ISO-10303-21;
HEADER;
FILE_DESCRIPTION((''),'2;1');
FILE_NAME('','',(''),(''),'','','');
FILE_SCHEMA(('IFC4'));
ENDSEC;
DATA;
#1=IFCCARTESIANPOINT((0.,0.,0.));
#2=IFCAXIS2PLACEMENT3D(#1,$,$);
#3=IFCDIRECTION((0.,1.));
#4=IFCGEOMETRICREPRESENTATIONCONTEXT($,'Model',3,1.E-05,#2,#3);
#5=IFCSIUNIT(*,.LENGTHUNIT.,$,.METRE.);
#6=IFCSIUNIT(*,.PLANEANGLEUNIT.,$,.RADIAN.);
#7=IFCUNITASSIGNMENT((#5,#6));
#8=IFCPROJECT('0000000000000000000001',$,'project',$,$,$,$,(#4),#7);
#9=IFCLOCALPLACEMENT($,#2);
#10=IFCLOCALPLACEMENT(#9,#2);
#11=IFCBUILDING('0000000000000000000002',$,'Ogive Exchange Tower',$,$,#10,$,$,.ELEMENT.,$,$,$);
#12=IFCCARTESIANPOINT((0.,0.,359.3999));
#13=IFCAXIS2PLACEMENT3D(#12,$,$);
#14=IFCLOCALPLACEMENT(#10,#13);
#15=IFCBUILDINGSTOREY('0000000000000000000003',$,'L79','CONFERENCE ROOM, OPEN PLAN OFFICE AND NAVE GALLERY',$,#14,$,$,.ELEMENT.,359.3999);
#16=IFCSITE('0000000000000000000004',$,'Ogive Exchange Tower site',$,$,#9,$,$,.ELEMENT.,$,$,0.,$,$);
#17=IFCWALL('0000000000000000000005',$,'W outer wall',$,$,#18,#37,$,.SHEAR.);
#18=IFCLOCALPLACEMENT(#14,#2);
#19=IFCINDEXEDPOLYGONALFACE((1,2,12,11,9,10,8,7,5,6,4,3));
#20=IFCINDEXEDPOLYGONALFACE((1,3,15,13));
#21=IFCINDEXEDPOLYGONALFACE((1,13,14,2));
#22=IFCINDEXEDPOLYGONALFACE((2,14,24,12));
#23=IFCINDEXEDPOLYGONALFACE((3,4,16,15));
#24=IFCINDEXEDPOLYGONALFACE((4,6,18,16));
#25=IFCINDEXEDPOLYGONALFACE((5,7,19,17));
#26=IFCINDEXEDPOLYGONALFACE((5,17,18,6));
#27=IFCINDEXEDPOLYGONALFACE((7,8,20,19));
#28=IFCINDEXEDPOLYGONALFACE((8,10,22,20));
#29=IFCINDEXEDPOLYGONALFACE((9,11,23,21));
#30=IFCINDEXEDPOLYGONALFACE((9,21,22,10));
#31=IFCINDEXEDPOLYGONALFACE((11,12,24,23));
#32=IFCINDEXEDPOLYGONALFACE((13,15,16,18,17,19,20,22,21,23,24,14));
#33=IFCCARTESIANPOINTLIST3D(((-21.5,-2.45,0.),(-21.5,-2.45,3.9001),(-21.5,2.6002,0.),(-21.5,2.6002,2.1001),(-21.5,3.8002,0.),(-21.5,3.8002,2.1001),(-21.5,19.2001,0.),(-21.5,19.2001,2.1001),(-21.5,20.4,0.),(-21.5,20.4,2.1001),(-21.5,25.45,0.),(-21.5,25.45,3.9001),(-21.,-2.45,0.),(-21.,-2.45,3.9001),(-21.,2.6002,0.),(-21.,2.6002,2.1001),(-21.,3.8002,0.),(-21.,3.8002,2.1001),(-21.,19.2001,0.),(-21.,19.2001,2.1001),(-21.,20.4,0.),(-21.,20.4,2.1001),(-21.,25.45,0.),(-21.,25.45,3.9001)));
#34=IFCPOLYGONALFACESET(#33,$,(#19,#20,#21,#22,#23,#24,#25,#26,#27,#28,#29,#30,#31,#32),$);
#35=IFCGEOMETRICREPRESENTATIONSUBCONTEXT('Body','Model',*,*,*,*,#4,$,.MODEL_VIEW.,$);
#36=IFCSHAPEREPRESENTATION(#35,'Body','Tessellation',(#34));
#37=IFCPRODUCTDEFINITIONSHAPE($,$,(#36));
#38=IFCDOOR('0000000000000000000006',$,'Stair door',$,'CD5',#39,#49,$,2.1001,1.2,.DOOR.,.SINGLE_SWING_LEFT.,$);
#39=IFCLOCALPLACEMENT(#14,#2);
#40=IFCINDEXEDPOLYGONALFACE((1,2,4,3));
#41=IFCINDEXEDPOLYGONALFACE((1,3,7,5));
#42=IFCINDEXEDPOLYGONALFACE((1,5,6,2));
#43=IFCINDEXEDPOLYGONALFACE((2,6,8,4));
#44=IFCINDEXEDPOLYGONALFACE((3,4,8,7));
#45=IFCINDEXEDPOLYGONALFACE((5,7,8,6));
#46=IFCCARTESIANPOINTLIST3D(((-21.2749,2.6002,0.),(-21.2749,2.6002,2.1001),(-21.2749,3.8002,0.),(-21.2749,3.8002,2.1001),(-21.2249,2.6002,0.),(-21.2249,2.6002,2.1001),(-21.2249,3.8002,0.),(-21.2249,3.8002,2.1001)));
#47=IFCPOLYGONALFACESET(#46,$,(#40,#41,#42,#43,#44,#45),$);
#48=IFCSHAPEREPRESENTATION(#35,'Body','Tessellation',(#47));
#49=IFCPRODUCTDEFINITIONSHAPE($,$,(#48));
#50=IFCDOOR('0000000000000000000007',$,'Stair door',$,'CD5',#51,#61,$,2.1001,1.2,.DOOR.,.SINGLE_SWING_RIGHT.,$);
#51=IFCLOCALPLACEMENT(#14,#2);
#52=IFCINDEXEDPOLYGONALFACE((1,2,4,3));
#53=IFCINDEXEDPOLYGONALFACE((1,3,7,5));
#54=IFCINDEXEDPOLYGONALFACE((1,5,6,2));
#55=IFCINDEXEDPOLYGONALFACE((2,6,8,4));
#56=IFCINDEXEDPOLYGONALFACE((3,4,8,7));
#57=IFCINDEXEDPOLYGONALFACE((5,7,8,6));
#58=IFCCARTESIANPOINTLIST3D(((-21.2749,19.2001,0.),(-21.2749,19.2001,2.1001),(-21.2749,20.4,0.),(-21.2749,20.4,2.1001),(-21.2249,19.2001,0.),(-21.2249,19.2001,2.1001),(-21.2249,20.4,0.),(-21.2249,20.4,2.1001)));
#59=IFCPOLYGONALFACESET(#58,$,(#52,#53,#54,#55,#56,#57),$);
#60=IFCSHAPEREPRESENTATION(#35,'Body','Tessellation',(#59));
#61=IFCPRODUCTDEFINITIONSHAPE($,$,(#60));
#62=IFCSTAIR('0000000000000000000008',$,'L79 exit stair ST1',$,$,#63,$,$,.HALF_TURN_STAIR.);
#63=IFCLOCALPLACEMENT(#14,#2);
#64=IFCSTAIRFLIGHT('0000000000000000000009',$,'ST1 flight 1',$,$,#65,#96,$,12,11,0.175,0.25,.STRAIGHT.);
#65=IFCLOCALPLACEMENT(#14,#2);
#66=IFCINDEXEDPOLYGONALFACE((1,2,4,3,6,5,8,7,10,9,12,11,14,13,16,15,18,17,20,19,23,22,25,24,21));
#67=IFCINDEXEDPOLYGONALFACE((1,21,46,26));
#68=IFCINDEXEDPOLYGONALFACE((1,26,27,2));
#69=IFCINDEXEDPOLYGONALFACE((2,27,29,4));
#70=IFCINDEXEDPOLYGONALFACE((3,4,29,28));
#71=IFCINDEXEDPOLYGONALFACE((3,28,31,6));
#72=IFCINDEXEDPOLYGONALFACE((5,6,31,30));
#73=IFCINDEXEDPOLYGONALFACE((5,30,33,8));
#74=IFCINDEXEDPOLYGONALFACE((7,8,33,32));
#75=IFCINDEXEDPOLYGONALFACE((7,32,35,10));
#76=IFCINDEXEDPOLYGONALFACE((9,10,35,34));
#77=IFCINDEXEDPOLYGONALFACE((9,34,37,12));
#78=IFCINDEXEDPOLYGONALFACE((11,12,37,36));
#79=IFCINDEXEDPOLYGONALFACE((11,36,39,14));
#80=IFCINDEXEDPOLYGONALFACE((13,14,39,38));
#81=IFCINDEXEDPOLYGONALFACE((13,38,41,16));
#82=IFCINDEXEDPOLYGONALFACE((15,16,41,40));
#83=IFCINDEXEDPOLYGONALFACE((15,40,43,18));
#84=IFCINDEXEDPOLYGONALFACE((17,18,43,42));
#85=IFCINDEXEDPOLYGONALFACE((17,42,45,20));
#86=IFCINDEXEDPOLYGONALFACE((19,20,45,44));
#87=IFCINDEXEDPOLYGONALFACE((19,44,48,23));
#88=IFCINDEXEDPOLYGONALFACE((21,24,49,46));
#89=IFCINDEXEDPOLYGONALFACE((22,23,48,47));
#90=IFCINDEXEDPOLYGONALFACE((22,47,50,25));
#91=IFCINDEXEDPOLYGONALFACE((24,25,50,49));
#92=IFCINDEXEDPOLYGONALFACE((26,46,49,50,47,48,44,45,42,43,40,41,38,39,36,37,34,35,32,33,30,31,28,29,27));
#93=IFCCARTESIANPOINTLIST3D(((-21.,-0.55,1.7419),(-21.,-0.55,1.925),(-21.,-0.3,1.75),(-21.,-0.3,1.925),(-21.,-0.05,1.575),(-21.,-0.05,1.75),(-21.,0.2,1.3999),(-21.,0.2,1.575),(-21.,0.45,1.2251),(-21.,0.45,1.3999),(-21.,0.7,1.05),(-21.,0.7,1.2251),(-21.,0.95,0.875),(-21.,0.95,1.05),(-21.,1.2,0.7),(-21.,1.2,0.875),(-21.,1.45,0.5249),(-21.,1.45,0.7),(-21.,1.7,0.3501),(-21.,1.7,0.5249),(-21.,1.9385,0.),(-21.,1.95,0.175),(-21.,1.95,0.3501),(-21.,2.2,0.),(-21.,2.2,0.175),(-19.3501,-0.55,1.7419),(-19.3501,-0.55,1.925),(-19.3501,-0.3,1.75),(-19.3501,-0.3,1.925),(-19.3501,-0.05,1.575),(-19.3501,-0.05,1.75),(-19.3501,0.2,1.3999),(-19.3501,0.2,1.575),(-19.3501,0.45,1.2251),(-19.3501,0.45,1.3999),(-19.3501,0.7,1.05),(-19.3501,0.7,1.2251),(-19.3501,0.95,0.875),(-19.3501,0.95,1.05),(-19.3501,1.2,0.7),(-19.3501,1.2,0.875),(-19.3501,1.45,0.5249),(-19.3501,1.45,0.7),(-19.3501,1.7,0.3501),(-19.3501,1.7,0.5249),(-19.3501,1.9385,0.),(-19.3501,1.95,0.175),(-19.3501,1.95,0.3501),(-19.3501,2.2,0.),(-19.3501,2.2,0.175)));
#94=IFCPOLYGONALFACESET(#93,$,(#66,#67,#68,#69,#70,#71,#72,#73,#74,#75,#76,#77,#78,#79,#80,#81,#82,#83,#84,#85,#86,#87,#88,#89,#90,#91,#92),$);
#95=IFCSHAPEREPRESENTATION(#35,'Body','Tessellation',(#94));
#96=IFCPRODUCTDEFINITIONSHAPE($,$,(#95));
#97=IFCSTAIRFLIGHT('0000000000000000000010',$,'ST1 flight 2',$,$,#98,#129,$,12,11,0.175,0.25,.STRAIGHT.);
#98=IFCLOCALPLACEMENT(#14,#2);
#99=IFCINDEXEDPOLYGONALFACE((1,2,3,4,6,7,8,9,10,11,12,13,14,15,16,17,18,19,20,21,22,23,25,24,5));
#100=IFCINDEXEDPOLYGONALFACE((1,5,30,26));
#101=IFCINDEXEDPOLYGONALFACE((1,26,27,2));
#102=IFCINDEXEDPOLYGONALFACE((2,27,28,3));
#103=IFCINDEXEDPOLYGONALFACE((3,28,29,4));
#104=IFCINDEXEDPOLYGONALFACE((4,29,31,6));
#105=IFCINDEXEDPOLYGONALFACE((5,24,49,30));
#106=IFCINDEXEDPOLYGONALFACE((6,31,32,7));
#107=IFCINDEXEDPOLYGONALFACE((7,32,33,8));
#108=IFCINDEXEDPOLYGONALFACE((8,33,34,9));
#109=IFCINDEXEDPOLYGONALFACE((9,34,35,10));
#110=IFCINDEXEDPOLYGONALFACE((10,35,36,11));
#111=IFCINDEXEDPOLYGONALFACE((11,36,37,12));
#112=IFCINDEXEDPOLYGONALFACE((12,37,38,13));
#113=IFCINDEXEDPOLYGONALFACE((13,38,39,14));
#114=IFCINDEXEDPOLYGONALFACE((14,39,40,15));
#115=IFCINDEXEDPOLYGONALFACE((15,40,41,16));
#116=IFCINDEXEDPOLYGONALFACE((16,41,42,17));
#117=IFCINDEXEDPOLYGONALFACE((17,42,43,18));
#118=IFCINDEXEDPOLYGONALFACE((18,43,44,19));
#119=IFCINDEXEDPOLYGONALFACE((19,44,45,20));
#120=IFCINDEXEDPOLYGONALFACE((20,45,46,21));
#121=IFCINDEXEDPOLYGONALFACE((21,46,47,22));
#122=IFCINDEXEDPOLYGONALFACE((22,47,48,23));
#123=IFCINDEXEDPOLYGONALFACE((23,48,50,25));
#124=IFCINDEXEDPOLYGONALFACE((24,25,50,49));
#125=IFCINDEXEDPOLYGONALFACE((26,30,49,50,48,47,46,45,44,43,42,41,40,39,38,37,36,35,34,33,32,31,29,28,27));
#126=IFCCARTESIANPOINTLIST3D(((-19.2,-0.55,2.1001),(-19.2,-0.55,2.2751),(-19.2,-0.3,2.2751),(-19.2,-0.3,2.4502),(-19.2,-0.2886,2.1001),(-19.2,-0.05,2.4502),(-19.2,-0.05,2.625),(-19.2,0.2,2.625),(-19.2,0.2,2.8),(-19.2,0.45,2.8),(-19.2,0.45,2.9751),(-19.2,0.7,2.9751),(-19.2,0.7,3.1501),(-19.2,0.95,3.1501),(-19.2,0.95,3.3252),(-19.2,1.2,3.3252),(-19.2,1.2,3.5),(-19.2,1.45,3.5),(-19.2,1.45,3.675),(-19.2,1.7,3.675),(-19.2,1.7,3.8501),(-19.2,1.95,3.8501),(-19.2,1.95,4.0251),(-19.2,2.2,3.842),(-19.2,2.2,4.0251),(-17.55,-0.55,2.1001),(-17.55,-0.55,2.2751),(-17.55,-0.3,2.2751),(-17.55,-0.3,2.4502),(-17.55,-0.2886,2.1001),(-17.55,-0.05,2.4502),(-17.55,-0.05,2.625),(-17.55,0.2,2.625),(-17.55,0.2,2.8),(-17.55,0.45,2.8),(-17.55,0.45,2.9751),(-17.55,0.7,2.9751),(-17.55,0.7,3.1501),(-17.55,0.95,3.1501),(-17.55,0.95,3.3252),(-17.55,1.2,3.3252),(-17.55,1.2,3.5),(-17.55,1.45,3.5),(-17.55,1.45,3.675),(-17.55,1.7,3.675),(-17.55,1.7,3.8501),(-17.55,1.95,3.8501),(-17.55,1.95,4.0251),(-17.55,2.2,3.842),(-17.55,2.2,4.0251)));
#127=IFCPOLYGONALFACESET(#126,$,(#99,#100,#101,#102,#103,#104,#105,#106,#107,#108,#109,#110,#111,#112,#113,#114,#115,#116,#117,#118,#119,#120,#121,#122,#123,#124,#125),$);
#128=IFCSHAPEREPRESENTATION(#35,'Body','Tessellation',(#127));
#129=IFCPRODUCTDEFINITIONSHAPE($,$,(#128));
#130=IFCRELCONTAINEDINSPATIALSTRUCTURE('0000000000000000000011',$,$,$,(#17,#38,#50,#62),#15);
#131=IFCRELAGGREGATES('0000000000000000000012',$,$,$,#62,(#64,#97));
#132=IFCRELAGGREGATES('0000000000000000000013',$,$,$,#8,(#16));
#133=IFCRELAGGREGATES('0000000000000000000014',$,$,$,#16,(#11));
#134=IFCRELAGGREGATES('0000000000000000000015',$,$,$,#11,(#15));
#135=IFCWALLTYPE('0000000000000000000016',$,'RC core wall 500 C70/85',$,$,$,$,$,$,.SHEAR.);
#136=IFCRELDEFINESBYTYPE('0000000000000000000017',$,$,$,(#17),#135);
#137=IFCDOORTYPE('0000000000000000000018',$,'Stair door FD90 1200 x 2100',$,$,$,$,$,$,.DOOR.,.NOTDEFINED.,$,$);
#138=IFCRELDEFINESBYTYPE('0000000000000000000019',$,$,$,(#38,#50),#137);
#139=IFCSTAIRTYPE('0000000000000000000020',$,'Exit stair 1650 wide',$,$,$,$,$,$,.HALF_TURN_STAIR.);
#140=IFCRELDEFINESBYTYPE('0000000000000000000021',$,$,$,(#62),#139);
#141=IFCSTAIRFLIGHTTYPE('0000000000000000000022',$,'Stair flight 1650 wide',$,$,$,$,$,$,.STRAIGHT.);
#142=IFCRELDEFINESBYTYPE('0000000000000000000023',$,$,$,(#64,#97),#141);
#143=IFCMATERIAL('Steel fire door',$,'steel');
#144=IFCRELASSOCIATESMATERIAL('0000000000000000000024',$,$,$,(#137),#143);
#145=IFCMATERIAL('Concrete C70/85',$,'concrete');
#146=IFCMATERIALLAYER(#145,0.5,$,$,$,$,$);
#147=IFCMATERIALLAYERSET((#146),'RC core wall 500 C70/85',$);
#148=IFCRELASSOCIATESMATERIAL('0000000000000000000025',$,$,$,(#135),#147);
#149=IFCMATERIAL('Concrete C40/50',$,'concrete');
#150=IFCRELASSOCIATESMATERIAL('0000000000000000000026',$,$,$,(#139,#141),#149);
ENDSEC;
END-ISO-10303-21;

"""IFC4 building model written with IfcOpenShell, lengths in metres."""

from ifc_helpers import new_model, si_unit, direction, frame, frame_2d, origin, place, context, subcontext, project, spatial, polyline, rectangle, outline, extrude, material, layer, layer_set, type_object, element, fill, aggregate, save


model = new_model("IFC4")

# Units and contexts
model_context = context("Model", 3, precision=1e-05, world=origin(), true_north=direction((0.0, 1.0)))
body_context = subcontext(model_context, "Body", "Model", "MODEL_VIEW")
ifc_project = project(units=[si_unit("LENGTHUNIT", "METRE"), si_unit("PLANEANGLEUNIT", "RADIAN")], contexts=[model_context])

# Site, building, storey
site_placement = place(None, origin())
site = spatial("IfcSite", under=ifc_project, at=site_placement, Name="Ogive Exchange Tower site", CompositionType="ELEMENT", RefElevation=0.0)
building_placement = place(site_placement, origin())
building = spatial("IfcBuilding", under=site, at=building_placement, Name="Ogive Exchange Tower", CompositionType="ELEMENT")
storey_placement = place(building_placement, frame((0.0, 0.0, 359.3999)))
storey = spatial("IfcBuildingStorey", under=building, at=storey_placement, Name="L79", Description="CONFERENCE ROOM, OPEN PLAN OFFICE AND NAVE GALLERY", CompositionType="ELEMENT", Elevation=359.3999)

# Shared definitions
ifc_material_1 = material(Name="Concrete C70/85", Category="concrete")
ifc_material_2 = material(Name="Steel fire door", Category="steel")
door_type_1 = type_object("IfcDoorType", Name="Stair door FD90 1200 x 2100", OperationType="NOTDEFINED", PredefinedType="DOOR", material=ifc_material_2)

# Wall, openings, doors
ifc_layer_1 = layer(ifc_material_1, 0.5)
ifc_layer_set_1 = layer_set([ifc_layer_1], Name="RC core wall 500 C70/85")
wall_type_1 = type_object("IfcWallType", Name="RC core wall 500 C70/85", PredefinedType="SHEAR", material=ifc_layer_set_1)
wall_1_placement = place(storey_placement, frame((-21.25, -2.45, 0.0), z_axis=(0.0, 0.0, 1.0), x_axis=(0.0, 1.0, 0.0)))
wall_1 = element("IfcWall", 1, at=wall_1_placement, inside=storey, type_object=wall_type_1, Name="W outer wall", PredefinedType="SHEAR", context=body_context, shape_type="SweptSolid", body=[
    extrude(rectangle(XDim=27.8999, YDim=0.5, at=frame_2d((13.95, 0.0))), origin(), (0.0, 0.0, 1.0), 3.9001),
])
opening_1_placement = place(wall_1_placement, frame((5.05, 0.0, 0.0)))
opening_1 = element("IfcOpeningElement", 2, at=opening_1_placement, cuts=wall_1, PredefinedType="OPENING", context=body_context, shape_type="SweptSolid", body=[
    extrude(rectangle(XDim=1.2, YDim=2.1001, at=frame_2d((0.6001, 1.05))), frame((0.0, 0.26, 0.0), z_axis=(0.0, -1.0, 0.0), x_axis=(1.0, 0.0, 0.0)), (0.0, 0.0, 1.0), 0.52),
])
opening_2_placement = place(wall_1_placement, frame((21.6499, 0.0, 0.0)))
opening_2 = element("IfcOpeningElement", 3, at=opening_2_placement, cuts=wall_1, PredefinedType="OPENING", context=body_context, shape_type="SweptSolid", body=[
    extrude(rectangle(XDim=1.2, YDim=2.1001, at=frame_2d((0.6001, 1.05))), frame((0.0, 0.26, 0.0), z_axis=(0.0, -1.0, 0.0), x_axis=(1.0, 0.0, 0.0)), (0.0, 0.0, 1.0), 0.52),
])
door_1_placement = place(opening_1_placement, origin())
door_1 = element("IfcDoor", 4, at=door_1_placement, inside=storey, type_object=door_type_1, Name="Stair door", ObjectType="CD5", OperationType="SINGLE_SWING_LEFT", OverallHeight=2.1001, OverallWidth=1.2, PredefinedType="DOOR", context=body_context, shape_type="SweptSolid", body=[
    extrude(rectangle(XDim=1.2, YDim=2.1001, at=frame_2d((0.6001, 1.05))), frame((0.0, 0.0249, 0.0), z_axis=(0.0, -1.0, 0.0), x_axis=(1.0, 0.0, 0.0)), (0.0, 0.0, 1.0), 0.05),
])
fill(opening_1, door_1)
door_2_placement = place(opening_2_placement, origin())
door_2 = element("IfcDoor", 5, at=door_2_placement, inside=storey, type_object=door_type_1, Name="Stair door", ObjectType="CD5", OperationType="SINGLE_SWING_RIGHT", OverallHeight=2.1001, OverallWidth=1.2, PredefinedType="DOOR", context=body_context, shape_type="SweptSolid", body=[
    extrude(rectangle(XDim=1.2, YDim=2.1001, at=frame_2d((0.6001, 1.05))), frame((0.0, 0.0249, 0.0), z_axis=(0.0, -1.0, 0.0), x_axis=(1.0, 0.0, 0.0)), (0.0, 0.0, 1.0), 0.05),
])
fill(opening_2, door_2)

# Stair, stair flights
ifc_material_3 = material(Name="Concrete C40/50", Category="concrete")
stair_type = type_object("IfcStairType", Name="Exit stair 1650 wide", PredefinedType="HALF_TURN_STAIR", material=ifc_material_3)
stair_placement = place(storey_placement, origin())
stair = element("IfcStair", 6, at=stair_placement, inside=storey, type_object=stair_type, Name="L79 exit stair ST1", PredefinedType="HALF_TURN_STAIR")
stair_flight_type = type_object("IfcStairFlightType", Name="Stair flight 1650 wide", PredefinedType="STRAIGHT", material=ifc_material_3)
stair_flight_1_placement = place(storey_placement, frame((-20.175, 2.2, 0.0), z_axis=(0.0, 0.0, 1.0), x_axis=(0.0, -1.0, 0.0)))
stair_flight_1 = element("IfcStairFlight", 7, at=stair_flight_1_placement, type_object=stair_flight_type, Name="ST1 flight 1", NumberOfRisers=12, NumberOfTreads=11, PredefinedType="STRAIGHT", RiserHeight=0.175, TreadLength=0.25, context=body_context, shape_type="SweptSolid", body=[
    extrude(outline(polyline([(0.0, 0.0), (0.0, 0.175), (0.25, 0.175), (0.25, 0.3501), (0.5, 0.3501), (0.5, 0.5249), (0.75, 0.5249), (0.75, 0.7), (1.0, 0.7), (1.0, 0.875), (1.25, 0.875), (1.25, 1.05), (1.5, 1.05), (1.5, 1.2251), (1.75, 1.2251), (1.75, 1.3999), (2.0, 1.3999), (2.0, 1.575), (2.25, 1.575), (2.25, 1.75), (2.5, 1.75), (2.5, 1.925), (2.75, 1.925), (2.75, 2.1001), (2.75, 1.7419), (0.2615, 0.0), (0.0, 0.0)])), frame((0.0, 0.825, 0.0), z_axis=(0.0, -1.0, 0.0), x_axis=(1.0, 0.0, 0.0)), (0.0, 0.0, 1.0), 1.6499),
])
stair_flight_2_placement = place(storey_placement, frame((-18.375, -0.55, 2.1001), z_axis=(0.0, 0.0, 1.0), x_axis=(0.0, 1.0, 0.0)))
stair_flight_2 = element("IfcStairFlight", 8, at=stair_flight_2_placement, type_object=stair_flight_type, Name="ST1 flight 2", NumberOfRisers=12, NumberOfTreads=11, PredefinedType="STRAIGHT", RiserHeight=0.175, TreadLength=0.25, context=body_context, shape_type="SweptSolid", body=[
    extrude(outline(polyline([(0.0, 0.0), (0.0, 0.175), (0.25, 0.175), (0.25, 0.3501), (0.5, 0.3501), (0.5, 0.5249), (0.75, 0.5249), (0.75, 0.7), (1.0, 0.7), (1.0, 0.875), (1.25, 0.875), (1.25, 1.05), (1.5, 1.05), (1.5, 1.2251), (1.75, 1.2251), (1.75, 1.3999), (2.0, 1.3999), (2.0, 1.575), (2.25, 1.575), (2.25, 1.75), (2.5, 1.75), (2.5, 1.925), (2.75, 1.925), (2.75, 2.1001), (2.75, 1.7419), (0.2615, 0.0), (0.0, 0.0)])), frame((0.0, 0.825, 0.0), z_axis=(0.0, -1.0, 0.0), x_axis=(1.0, 0.0, 0.0)), (0.0, 0.0, 1.0), 1.6499),
])
aggregate(stair, [stair_flight_1, stair_flight_2])

save(model, "model.ifc")
